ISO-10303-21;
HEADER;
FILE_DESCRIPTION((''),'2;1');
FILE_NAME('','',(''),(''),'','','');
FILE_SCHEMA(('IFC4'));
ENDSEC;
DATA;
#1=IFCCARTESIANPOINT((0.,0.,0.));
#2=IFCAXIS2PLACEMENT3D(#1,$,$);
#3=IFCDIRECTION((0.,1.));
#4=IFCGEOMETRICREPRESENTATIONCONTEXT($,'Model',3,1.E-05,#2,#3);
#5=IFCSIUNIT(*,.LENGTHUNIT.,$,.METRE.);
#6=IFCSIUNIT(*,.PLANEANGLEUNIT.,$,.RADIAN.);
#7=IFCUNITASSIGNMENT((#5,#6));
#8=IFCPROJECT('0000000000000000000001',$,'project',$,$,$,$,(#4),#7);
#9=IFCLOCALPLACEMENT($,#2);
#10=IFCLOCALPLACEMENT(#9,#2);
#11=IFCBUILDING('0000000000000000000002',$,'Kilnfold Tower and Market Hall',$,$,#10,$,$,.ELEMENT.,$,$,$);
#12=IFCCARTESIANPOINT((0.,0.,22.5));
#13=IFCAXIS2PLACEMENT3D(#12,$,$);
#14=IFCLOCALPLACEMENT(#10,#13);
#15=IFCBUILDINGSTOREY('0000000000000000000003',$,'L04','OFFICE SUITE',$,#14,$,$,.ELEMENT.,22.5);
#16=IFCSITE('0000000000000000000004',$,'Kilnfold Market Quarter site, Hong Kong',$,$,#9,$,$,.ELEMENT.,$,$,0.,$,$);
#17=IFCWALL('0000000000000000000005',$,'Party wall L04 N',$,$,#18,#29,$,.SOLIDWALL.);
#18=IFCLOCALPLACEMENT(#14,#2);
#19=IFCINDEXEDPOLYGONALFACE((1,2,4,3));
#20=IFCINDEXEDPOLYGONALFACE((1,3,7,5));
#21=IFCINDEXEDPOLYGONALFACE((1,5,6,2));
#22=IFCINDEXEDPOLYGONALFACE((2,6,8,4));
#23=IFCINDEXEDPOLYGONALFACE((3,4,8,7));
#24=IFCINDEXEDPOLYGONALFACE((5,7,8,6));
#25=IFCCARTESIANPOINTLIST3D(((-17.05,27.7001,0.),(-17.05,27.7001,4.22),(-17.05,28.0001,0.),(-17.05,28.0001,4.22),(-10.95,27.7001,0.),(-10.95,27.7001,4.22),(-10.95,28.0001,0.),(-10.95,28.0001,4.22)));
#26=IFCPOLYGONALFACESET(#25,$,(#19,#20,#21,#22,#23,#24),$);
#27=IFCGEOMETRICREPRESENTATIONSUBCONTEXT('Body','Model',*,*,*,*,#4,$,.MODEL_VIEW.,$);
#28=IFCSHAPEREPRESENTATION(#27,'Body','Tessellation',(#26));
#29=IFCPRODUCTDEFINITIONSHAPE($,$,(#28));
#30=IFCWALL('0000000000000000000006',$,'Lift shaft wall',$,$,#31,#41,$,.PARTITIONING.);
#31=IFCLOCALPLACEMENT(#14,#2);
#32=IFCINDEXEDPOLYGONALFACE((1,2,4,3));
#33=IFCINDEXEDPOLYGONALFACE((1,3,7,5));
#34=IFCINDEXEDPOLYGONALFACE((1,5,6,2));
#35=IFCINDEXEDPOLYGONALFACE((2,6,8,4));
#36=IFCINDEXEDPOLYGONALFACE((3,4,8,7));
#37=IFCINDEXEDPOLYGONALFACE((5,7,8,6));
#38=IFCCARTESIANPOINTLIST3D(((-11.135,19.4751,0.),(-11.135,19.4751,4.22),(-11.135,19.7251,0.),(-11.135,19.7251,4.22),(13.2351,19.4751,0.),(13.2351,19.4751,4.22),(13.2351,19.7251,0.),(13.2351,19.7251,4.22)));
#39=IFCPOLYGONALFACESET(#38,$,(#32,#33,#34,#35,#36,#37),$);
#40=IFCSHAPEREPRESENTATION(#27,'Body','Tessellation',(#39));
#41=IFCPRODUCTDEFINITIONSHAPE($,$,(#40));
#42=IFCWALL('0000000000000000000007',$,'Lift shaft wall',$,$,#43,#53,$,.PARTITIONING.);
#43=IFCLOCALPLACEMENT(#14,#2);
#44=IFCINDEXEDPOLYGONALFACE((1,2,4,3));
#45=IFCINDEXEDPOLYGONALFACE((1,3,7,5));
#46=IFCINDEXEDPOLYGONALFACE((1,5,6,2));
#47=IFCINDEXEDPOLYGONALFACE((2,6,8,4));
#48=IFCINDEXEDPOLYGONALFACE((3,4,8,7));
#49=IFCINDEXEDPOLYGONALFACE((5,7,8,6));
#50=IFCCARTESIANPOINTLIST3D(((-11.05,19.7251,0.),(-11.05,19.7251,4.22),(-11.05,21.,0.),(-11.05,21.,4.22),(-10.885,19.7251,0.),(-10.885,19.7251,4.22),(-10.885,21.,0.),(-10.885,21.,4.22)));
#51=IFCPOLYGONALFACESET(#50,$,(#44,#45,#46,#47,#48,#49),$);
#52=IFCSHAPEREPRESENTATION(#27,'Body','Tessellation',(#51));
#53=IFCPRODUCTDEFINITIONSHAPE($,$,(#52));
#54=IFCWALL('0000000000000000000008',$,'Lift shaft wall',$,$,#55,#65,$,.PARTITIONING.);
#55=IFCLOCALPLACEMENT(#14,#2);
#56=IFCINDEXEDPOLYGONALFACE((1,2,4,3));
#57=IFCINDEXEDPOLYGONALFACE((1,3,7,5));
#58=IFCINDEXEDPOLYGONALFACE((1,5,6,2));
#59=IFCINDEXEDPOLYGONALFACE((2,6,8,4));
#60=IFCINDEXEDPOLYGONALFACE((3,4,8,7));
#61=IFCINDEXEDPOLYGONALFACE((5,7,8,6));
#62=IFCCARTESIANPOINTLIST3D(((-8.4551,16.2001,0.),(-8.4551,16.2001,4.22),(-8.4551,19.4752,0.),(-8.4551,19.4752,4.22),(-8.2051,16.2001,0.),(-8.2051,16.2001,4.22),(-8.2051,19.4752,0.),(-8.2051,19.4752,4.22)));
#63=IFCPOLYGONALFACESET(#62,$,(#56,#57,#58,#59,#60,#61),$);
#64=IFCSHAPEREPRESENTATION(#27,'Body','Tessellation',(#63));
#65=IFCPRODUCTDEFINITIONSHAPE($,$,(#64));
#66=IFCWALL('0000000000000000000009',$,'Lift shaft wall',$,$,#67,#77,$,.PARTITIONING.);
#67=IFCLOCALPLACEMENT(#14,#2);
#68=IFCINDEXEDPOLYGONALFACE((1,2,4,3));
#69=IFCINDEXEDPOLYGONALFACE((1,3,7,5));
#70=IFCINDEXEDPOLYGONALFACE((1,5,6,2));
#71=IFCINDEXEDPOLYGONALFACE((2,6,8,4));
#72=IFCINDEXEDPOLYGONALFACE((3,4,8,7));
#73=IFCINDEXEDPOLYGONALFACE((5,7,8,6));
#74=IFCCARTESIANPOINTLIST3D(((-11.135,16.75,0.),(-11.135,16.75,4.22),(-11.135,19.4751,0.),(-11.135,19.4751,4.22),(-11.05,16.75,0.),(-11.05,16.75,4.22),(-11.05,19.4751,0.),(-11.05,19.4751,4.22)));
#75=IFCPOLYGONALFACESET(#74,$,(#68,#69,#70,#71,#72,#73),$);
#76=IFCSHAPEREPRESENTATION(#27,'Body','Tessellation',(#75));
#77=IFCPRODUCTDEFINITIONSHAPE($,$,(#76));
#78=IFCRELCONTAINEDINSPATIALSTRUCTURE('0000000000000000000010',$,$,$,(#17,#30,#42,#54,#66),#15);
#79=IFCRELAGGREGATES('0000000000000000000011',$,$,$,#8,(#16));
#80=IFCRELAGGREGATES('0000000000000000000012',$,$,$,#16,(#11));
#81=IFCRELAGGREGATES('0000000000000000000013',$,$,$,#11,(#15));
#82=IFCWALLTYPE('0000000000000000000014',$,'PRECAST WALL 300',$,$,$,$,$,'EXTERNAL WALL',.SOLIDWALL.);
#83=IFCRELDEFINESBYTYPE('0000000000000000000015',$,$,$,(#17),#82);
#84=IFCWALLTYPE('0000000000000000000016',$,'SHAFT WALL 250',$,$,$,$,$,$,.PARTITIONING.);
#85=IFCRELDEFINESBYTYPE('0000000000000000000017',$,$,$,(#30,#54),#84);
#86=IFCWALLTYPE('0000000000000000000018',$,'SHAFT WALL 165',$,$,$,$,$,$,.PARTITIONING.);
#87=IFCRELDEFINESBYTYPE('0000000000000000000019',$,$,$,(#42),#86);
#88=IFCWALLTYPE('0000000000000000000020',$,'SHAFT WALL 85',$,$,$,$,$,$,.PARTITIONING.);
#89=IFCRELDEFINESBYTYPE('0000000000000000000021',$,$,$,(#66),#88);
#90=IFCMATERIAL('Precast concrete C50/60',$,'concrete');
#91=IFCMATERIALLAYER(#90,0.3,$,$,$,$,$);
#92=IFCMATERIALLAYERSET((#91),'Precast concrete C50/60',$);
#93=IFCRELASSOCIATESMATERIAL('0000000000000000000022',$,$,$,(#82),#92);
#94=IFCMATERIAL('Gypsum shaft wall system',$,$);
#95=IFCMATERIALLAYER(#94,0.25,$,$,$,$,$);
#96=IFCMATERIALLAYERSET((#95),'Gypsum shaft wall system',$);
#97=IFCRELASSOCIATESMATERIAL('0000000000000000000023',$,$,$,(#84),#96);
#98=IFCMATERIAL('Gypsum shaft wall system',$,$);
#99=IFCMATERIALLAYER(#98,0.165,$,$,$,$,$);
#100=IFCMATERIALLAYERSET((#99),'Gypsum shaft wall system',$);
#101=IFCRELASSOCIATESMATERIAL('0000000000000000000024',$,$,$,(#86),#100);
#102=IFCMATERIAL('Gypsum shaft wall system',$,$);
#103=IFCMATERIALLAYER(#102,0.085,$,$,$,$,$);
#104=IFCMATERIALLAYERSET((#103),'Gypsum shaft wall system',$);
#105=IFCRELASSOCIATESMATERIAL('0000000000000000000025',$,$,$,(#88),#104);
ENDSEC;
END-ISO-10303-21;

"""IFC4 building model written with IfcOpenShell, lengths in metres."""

from ifc_helpers import new_model, si_unit, direction, frame, frame_2d, origin, place, context, subcontext, project, spatial, rectangle, extrude, source, transform, mapped, material, layer, layer_set, type_object, element, save


model = new_model("IFC4")

# Units and contexts
model_context = context("Model", 3, precision=1e-05, world=origin(), true_north=direction((0.0, 1.0)))
body_context = subcontext(model_context, "Body", "Model", "MODEL_VIEW")
ifc_project = project(units=[si_unit("LENGTHUNIT", "METRE"), si_unit("PLANEANGLEUNIT", "RADIAN")], contexts=[model_context])

# Site, building, storey
site_placement = place(None, origin())
site = spatial("IfcSite", under=ifc_project, at=site_placement, Name="Kilnfold Market Quarter site, Hong Kong", CompositionType="ELEMENT", RefElevation=0.0)
building_placement = place(site_placement, origin())
building = spatial("IfcBuilding", under=site, at=building_placement, Name="Kilnfold Tower and Market Hall", CompositionType="ELEMENT")
storey_placement = place(building_placement, frame((0.0, 0.0, 22.5)))
storey = spatial("IfcBuildingStorey", under=building, at=storey_placement, Name="L04", Description="OFFICE SUITE", CompositionType="ELEMENT", Elevation=22.5)

# Walls
ifc_material_1 = material(Name="Precast concrete C50/60", Category="concrete")
ifc_layer_1 = layer(ifc_material_1, 0.3)
ifc_layer_set_1 = layer_set([ifc_layer_1], Name="Precast concrete C50/60")
wall_type_1 = type_object("IfcWallType", Name="PRECAST WALL 300", ElementType="EXTERNAL WALL", PredefinedType="SOLIDWALL", material=ifc_layer_set_1)
shared_shape_1 = source(origin(), body_context, "Body", "SweptSolid", [
    extrude(rectangle(XDim=6.1001, YDim=0.3, at=frame_2d((3.05, 0.0))), origin(), (0.0, 0.0, 1.0), 4.22),
])
wall_1_placement = place(storey_placement, frame((-10.95, 27.8501, 0.0), z_axis=(0.0, 0.0, 1.0), x_axis=(-1.0, 0.0, 0.0)))
element("IfcWall", 1, at=wall_1_placement, inside=storey, type_object=wall_type_1, Name="Party wall L04 N", PredefinedType="SOLIDWALL", context=body_context, shape_type="MappedRepresentation", body=[
    mapped(shared_shape_1, transform((0.0, 0.0, 0.0))),
])
ifc_material_2 = material(Name="Gypsum shaft wall system")
ifc_layer_2 = layer(ifc_material_2, 0.25)
ifc_layer_set_2 = layer_set([ifc_layer_2], Name="Gypsum shaft wall system")
wall_type_2 = type_object("IfcWallType", Name="SHAFT WALL 250", PredefinedType="PARTITIONING", material=ifc_layer_set_2)
shared_shape_2 = source(origin(), body_context, "Body", "SweptSolid", [
    extrude(rectangle(XDim=24.3701, YDim=0.25, at=frame_2d((12.1851, 0.0))), origin(), (0.0, 0.0, 1.0), 4.22),
])
wall_2_placement = place(storey_placement, frame((-11.135, 19.6001, 0.0), z_axis=(0.0, 0.0, 1.0), x_axis=(1.0, 0.0, 0.0)))
element("IfcWall", 2, at=wall_2_placement, inside=storey, type_object=wall_type_2, Name="Lift shaft wall", PredefinedType="PARTITIONING", context=body_context, shape_type="MappedRepresentation", body=[
    mapped(shared_shape_2, transform((0.0, 0.0, 0.0))),
])
ifc_material_3 = material(Name="Gypsum shaft wall system")
ifc_layer_3 = layer(ifc_material_3, 0.165)
ifc_layer_set_3 = layer_set([ifc_layer_3], Name="Gypsum shaft wall system")
wall_type_3 = type_object("IfcWallType", Name="SHAFT WALL 165", PredefinedType="PARTITIONING", material=ifc_layer_set_3)
shared_shape_3 = source(origin(), body_context, "Body", "SweptSolid", [
    extrude(rectangle(XDim=1.2749, YDim=0.165, at=frame_2d((0.6375, 0.0))), origin(), (0.0, 0.0, 1.0), 4.22),
])
wall_3_placement = place(storey_placement, frame((-10.9675, 19.7251, 0.0), z_axis=(0.0, 0.0, 1.0), x_axis=(0.0, 1.0, 0.0)))
element("IfcWall", 3, at=wall_3_placement, inside=storey, type_object=wall_type_3, Name="Lift shaft wall", PredefinedType="PARTITIONING", context=body_context, shape_type="MappedRepresentation", body=[
    mapped(shared_shape_3, transform((0.0, 0.0, 0.0))),
])
shared_shape_4 = source(origin(), body_context, "Body", "SweptSolid", [
    extrude(rectangle(XDim=3.2751, YDim=0.25, at=frame_2d((1.6377, 0.0))), origin(), (0.0, 0.0, 1.0), 4.22),
])
wall_4_placement = place(storey_placement, frame((-8.3301, 16.2, 0.0), z_axis=(0.0, 0.0, 1.0), x_axis=(0.0, 1.0, 0.0)))
element("IfcWall", 4, at=wall_4_placement, inside=storey, type_object=wall_type_2, Name="Lift shaft wall", PredefinedType="PARTITIONING", context=body_context, shape_type="MappedRepresentation", body=[
    mapped(shared_shape_4, transform((0.0, 0.0, 0.0))),
])
ifc_material_4 = material(Name="Gypsum shaft wall system")
ifc_layer_4 = layer(ifc_material_4, 0.085)
ifc_layer_set_4 = layer_set([ifc_layer_4], Name="Gypsum shaft wall system")
wall_type_4 = type_object("IfcWallType", Name="SHAFT WALL 85", PredefinedType="PARTITIONING", material=ifc_layer_set_4)
shared_shape_5 = source(origin(), body_context, "Body", "SweptSolid", [
    extrude(rectangle(XDim=2.7251, YDim=0.085, at=frame_2d((1.3625, 0.0))), origin(), (0.0, 0.0, 1.0), 4.22),
])
wall_5_placement = place(storey_placement, frame((-11.0925, 16.75, 0.0), z_axis=(0.0, 0.0, 1.0), x_axis=(0.0, 1.0, 0.0)))
element("IfcWall", 5, at=wall_5_placement, inside=storey, type_object=wall_type_4, Name="Lift shaft wall", PredefinedType="PARTITIONING", context=body_context, shape_type="MappedRepresentation", body=[
    mapped(shared_shape_5, transform((0.0, 0.0, 0.0))),
])

save(model, "model.ifc")
